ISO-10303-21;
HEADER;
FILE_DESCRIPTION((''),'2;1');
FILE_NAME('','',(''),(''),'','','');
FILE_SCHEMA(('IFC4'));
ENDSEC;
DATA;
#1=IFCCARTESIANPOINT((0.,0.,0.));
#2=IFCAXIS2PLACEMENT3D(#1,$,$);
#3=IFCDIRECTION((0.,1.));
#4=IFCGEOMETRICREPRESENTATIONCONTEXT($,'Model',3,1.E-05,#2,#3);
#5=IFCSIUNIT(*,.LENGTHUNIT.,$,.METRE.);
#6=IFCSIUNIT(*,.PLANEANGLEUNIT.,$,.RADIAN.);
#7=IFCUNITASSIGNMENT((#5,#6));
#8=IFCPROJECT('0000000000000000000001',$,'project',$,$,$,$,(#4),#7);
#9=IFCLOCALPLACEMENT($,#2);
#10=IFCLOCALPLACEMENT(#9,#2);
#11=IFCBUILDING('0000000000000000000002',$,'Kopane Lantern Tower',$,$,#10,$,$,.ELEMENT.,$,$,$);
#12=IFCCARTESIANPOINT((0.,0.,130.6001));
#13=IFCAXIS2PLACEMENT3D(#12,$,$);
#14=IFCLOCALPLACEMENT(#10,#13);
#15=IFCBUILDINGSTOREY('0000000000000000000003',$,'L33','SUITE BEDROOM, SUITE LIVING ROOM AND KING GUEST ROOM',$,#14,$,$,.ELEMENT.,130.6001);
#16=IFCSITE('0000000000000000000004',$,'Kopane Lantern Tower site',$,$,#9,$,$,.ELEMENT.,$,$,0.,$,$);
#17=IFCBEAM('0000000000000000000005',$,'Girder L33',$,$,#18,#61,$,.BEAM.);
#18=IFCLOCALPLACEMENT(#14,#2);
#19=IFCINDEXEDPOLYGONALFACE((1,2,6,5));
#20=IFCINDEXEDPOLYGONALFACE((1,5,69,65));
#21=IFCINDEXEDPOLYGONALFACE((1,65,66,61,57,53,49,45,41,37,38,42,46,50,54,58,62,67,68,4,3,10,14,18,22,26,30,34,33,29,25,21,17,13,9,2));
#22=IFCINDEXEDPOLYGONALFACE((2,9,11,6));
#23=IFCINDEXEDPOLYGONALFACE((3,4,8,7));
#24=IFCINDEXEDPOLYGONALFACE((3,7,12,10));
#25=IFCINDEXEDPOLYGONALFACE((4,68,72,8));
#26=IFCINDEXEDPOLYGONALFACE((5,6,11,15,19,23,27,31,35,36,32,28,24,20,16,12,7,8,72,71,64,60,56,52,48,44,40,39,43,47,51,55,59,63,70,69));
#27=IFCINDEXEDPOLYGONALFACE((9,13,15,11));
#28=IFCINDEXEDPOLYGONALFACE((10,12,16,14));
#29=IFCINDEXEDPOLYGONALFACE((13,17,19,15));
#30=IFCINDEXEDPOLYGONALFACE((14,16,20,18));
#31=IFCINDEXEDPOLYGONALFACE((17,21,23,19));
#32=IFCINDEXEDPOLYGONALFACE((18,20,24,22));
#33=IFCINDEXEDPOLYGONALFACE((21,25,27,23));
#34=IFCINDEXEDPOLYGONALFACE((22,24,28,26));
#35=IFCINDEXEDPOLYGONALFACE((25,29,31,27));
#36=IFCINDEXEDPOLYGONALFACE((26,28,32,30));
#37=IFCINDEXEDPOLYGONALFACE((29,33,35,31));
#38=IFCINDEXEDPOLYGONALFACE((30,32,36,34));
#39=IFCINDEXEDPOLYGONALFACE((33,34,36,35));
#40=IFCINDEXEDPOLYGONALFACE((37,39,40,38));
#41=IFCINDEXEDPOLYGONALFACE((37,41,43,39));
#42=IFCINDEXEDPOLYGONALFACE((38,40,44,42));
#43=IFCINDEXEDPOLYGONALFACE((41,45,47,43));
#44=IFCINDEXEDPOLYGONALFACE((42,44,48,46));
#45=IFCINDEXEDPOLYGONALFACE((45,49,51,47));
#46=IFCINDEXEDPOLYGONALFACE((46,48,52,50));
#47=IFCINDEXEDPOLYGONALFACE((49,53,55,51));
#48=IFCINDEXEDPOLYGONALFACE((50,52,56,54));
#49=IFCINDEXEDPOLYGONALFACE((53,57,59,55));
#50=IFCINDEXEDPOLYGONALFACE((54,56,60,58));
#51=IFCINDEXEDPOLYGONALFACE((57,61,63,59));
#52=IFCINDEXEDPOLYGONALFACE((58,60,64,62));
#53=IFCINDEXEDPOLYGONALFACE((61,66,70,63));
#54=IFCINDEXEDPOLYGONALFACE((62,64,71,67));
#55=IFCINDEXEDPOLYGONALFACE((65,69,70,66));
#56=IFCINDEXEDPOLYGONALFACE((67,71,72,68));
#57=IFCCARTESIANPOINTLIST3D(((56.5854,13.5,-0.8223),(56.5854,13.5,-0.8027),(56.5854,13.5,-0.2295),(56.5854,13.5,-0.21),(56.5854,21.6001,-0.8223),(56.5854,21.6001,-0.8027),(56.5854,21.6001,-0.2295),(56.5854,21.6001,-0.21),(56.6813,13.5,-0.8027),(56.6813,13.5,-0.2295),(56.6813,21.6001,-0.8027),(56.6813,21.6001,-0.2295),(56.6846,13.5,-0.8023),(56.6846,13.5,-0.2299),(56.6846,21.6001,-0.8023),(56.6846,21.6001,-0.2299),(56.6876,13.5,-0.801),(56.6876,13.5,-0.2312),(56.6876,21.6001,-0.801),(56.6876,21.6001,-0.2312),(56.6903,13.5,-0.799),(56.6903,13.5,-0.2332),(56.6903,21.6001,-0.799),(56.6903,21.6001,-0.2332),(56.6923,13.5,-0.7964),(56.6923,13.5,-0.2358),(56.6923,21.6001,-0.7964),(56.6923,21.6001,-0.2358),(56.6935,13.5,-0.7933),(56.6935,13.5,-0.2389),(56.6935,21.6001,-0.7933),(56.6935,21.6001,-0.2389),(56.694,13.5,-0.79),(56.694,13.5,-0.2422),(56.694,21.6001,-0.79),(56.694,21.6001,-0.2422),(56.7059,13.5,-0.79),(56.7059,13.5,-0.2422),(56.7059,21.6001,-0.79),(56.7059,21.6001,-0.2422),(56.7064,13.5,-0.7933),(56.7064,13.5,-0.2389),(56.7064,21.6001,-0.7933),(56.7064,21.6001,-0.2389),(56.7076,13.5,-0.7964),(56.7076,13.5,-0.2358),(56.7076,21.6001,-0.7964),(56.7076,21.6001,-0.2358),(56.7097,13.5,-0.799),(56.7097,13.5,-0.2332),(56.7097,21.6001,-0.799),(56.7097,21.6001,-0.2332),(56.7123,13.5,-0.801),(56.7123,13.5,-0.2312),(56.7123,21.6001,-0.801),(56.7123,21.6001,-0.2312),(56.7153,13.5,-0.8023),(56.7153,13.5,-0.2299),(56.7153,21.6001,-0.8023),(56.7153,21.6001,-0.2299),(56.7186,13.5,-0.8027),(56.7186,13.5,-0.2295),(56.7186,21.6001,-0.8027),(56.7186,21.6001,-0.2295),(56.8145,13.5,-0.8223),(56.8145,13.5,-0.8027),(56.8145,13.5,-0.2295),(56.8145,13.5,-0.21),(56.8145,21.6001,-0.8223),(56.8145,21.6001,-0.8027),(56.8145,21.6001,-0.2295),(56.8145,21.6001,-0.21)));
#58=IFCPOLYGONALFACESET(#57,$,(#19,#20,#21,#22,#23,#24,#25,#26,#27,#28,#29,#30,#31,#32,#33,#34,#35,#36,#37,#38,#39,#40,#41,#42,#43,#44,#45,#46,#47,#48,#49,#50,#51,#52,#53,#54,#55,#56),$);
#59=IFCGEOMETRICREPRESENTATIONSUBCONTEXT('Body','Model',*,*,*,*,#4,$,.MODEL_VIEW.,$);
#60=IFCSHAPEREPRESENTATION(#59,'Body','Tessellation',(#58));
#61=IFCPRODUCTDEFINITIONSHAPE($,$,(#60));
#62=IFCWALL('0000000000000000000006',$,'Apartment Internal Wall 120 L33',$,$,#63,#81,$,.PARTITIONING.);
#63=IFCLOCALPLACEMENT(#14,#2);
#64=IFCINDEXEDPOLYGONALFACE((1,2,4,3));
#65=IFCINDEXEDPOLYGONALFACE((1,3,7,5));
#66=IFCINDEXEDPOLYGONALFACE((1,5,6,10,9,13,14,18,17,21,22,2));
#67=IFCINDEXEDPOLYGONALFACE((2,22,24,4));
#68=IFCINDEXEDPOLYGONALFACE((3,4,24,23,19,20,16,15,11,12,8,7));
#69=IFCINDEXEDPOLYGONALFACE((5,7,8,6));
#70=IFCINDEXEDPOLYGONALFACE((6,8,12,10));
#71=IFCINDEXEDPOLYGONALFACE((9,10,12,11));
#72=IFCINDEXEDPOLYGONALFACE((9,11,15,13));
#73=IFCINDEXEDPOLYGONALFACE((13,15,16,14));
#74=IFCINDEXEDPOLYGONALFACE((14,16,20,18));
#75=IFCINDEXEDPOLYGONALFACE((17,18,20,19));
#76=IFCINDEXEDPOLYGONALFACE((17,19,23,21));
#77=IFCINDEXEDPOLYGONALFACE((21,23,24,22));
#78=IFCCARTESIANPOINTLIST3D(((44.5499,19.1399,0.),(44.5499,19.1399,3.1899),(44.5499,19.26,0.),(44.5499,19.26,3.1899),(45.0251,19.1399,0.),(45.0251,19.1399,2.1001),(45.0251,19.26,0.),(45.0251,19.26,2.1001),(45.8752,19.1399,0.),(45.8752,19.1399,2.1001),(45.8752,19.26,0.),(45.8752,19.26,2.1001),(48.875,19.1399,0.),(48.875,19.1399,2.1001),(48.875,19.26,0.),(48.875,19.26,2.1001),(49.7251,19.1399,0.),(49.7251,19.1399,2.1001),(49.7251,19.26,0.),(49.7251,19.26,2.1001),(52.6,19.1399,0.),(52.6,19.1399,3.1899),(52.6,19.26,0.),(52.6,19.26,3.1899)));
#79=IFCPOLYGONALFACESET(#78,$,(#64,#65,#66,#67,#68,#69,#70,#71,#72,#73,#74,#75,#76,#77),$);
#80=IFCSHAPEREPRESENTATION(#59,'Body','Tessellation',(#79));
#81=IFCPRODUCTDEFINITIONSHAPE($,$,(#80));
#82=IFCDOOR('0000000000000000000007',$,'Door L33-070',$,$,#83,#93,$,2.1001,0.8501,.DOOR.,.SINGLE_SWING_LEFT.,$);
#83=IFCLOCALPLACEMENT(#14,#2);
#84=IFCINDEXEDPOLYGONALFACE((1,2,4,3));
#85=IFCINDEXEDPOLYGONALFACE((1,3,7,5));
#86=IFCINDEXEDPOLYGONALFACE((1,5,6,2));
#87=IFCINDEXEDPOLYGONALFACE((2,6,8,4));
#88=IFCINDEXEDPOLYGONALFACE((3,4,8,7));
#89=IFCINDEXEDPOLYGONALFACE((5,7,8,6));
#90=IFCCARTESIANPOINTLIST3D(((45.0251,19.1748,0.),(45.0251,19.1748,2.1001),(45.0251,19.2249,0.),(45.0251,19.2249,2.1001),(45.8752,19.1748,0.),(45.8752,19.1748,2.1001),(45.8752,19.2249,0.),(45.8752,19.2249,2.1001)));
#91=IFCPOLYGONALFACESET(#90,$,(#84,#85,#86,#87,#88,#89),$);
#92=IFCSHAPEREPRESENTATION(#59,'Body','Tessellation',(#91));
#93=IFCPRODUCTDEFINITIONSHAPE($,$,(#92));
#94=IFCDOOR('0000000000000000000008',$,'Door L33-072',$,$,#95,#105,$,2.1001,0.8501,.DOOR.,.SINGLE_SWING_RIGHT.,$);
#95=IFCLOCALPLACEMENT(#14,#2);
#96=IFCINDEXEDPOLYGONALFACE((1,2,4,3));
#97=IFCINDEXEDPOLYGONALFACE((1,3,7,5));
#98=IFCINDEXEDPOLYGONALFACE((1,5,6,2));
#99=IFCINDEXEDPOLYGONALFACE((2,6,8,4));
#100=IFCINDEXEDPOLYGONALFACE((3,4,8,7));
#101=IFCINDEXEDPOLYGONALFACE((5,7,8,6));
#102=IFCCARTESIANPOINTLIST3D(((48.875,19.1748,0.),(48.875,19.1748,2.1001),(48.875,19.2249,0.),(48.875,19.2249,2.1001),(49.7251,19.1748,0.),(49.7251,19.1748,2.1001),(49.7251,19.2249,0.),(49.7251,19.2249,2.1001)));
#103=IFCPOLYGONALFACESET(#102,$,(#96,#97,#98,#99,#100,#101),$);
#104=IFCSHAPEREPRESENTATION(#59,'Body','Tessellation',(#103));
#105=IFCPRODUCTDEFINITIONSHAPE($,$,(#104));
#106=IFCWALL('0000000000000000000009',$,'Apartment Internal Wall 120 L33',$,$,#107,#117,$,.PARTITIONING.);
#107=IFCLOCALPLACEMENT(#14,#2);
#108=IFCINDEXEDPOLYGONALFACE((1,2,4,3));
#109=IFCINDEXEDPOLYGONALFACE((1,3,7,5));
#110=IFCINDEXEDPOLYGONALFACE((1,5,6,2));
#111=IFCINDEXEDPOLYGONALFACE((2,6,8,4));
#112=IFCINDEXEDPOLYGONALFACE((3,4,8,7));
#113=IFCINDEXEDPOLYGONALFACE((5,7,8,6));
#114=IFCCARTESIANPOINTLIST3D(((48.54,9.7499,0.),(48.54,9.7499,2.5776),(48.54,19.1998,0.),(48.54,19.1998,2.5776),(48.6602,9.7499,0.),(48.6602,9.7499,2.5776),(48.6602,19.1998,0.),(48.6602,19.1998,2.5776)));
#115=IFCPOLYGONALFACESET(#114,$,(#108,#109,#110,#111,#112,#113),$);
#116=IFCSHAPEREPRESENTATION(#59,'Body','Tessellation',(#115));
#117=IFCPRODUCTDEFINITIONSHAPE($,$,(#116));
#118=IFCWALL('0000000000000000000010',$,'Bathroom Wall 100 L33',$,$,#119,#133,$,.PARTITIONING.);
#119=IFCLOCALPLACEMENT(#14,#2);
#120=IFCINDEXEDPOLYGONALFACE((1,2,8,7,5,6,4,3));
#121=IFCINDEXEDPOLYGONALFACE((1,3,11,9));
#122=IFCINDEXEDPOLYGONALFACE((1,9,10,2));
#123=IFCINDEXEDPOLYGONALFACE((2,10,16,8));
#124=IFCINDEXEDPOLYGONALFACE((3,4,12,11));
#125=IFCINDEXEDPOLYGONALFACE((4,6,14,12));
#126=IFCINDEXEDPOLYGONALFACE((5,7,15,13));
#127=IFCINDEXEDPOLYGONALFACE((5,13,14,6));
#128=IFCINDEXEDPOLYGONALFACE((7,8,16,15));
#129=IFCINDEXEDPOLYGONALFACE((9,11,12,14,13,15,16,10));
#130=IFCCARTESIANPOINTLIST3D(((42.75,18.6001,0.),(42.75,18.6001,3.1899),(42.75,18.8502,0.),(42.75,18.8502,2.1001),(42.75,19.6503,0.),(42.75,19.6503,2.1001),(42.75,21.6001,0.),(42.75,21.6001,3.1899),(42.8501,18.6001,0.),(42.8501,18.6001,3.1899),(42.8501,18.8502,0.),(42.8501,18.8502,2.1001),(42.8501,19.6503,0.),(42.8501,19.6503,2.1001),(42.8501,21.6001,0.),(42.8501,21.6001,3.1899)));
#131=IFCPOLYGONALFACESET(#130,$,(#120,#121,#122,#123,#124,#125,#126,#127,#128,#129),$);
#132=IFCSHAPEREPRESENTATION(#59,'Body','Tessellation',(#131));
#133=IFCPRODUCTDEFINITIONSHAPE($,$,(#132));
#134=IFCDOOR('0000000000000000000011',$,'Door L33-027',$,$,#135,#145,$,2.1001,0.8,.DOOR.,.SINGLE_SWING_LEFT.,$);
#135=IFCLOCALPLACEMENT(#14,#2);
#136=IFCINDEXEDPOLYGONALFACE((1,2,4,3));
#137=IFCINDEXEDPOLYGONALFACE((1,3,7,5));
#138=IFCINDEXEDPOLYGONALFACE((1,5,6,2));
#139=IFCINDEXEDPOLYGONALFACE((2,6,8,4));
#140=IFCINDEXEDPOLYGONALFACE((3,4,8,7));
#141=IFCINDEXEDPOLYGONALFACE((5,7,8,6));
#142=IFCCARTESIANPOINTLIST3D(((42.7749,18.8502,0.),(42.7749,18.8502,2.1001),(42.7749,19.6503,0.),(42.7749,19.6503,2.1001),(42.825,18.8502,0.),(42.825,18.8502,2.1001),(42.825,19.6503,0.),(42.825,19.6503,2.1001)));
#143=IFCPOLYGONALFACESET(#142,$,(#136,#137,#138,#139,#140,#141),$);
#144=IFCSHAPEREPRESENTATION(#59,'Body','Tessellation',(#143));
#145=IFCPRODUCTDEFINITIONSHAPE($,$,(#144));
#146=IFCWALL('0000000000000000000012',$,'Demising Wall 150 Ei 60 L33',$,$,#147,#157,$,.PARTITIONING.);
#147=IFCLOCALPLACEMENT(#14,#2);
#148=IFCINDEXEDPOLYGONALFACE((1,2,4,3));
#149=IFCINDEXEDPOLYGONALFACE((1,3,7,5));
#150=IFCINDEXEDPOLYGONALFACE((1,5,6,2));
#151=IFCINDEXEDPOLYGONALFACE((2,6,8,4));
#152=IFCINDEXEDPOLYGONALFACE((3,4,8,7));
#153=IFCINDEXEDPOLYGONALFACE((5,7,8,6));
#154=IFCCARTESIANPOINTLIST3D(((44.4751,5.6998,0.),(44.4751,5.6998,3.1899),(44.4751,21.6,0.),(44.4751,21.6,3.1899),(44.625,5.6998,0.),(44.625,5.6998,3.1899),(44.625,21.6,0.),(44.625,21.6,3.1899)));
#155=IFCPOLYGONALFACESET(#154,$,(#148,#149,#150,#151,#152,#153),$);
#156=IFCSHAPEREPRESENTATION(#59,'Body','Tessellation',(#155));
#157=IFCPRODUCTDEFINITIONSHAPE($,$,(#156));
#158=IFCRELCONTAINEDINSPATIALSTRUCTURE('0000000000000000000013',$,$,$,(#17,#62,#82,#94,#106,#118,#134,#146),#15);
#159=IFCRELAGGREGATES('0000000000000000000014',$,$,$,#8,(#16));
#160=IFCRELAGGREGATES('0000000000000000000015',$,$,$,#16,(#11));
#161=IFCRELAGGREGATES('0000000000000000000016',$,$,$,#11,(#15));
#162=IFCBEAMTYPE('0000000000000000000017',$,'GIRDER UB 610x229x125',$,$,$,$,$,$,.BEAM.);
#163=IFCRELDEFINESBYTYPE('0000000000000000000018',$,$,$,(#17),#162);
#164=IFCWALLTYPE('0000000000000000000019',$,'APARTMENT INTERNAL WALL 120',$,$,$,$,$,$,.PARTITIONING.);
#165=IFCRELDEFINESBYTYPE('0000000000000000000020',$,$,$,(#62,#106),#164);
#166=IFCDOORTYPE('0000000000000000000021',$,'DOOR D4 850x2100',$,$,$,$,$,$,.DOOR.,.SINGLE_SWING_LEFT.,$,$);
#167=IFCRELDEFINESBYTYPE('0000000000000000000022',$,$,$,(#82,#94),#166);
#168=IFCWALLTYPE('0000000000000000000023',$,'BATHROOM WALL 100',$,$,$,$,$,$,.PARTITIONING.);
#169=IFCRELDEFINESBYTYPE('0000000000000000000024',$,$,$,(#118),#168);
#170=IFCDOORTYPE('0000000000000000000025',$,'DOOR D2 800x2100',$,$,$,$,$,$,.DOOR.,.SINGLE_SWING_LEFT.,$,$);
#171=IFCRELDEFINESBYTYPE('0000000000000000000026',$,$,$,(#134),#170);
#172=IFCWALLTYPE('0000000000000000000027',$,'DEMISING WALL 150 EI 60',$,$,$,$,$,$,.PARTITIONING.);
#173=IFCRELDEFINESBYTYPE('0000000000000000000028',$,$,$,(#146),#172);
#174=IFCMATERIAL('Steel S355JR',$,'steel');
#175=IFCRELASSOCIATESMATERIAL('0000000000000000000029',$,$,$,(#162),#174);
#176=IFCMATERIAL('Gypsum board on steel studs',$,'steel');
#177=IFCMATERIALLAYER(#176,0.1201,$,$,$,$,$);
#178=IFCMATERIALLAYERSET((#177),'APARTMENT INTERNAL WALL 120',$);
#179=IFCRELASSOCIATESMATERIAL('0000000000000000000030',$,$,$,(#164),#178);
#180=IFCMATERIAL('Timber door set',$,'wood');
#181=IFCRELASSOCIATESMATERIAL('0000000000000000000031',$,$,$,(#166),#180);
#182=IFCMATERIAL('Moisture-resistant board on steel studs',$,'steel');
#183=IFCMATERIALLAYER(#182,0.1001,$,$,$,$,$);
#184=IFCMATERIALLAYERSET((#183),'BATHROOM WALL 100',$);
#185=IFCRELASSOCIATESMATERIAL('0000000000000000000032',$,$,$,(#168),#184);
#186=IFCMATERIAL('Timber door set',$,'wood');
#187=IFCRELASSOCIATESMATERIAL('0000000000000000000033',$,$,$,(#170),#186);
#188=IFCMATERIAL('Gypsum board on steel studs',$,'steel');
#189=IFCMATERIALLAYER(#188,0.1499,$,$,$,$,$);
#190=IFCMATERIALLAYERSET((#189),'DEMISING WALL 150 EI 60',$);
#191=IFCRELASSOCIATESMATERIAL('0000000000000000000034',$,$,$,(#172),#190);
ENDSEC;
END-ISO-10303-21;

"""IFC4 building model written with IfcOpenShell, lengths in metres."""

from ifc_helpers import new_model, si_unit, direction, frame, frame_2d, origin, origin_2d, place, context, subcontext, project, spatial, rectangle, i_section, extrude, material, layer, layer_set, material_profile, profile_set, type_object, element, fill, save


model = new_model("IFC4")

# Units and contexts
model_context = context("Model", 3, precision=1e-05, world=origin(), true_north=direction((0.0, 1.0)))
body_context = subcontext(model_context, "Body", "Model", "MODEL_VIEW")
ifc_project = project(units=[si_unit("LENGTHUNIT", "METRE"), si_unit("PLANEANGLEUNIT", "RADIAN")], contexts=[model_context])

# Site, building, storey
site_placement = place(None, origin())
site = spatial("IfcSite", under=ifc_project, at=site_placement, Name="Kopane Lantern Tower site", CompositionType="ELEMENT", RefElevation=0.0)
building_placement = place(site_placement, origin())
building = spatial("IfcBuilding", under=site, at=building_placement, Name="Kopane Lantern Tower", CompositionType="ELEMENT")
storey_placement = place(building_placement, frame((0.0, 0.0, 130.6001)))
storey = spatial("IfcBuildingStorey", under=building, at=storey_placement, Name="L33", Description="SUITE BEDROOM, SUITE LIVING ROOM AND KING GUEST ROOM", CompositionType="ELEMENT", Elevation=130.6001)

# Beam
ifc_material_1 = material(Name="Steel S355JR", Category="steel")
ifc_material_profile_1 = material_profile(ifc_material_1, i_section(OverallWidth=0.229, OverallDepth=0.6123, WebThickness=0.012, FlangeThickness=0.0195, FilletRadius=0.0127, at=origin_2d()), Name="UB 610x229x125")
ifc_profile_set_1 = profile_set([ifc_material_profile_1], Name="Steel S355JR")
beam_type = type_object("IfcBeamType", Name="GIRDER UB 610x229x125", PredefinedType="BEAM", material=ifc_profile_set_1)
beam_placement = place(storey_placement, frame((56.7, 13.5, -0.5161), z_axis=(0.0, 1.0, 0.0), x_axis=(-1.0, 0.0, 0.0)))
element("IfcBeam", 1, at=beam_placement, inside=storey, type_object=beam_type, Name="Girder L33", PredefinedType="BEAM", context=body_context, shape_type="SweptSolid", body=[
    extrude(i_section(OverallWidth=0.229, OverallDepth=0.6123, WebThickness=0.012, FlangeThickness=0.0195, FilletRadius=0.0127, at=origin_2d()), origin(), (0.0, 0.0, 1.0), 8.1001),
])

# Wall, openings, doors
ifc_material_2 = material(Name="Gypsum board on steel studs", Category="steel")
ifc_layer_1 = layer(ifc_material_2, 0.1201)
ifc_layer_set_1 = layer_set([ifc_layer_1], Name="APARTMENT INTERNAL WALL 120")
wall_type_1 = type_object("IfcWallType", Name="APARTMENT INTERNAL WALL 120", PredefinedType="PARTITIONING", material=ifc_layer_set_1)
wall_1_placement = place(storey_placement, frame((44.55, 19.2, 0.0), z_axis=(0.0, 0.0, 1.0), x_axis=(1.0, 0.0, 0.0)))
wall_1 = element("IfcWall", 2, at=wall_1_placement, inside=storey, type_object=wall_type_1, Name="Apartment Internal Wall 120 L33", PredefinedType="PARTITIONING", context=body_context, shape_type="SweptSolid", body=[
    extrude(rectangle(XDim=8.05, YDim=0.1201, at=frame_2d((4.0249, 0.0))), origin(), (0.0, 0.0, 1.0), 3.1899),
])
opening_1_placement = place(wall_1_placement, frame((0.4751, 0.0, 0.0)))
opening_1 = element("IfcOpeningElement", 3, at=opening_1_placement, cuts=wall_1, PredefinedType="OPENING", context=body_context, shape_type="SweptSolid", body=[
    extrude(rectangle(XDim=0.8501, YDim=2.1001, at=frame_2d((0.425, 1.05))), frame((0.0, 0.0701, 0.0), z_axis=(0.0, -1.0, 0.0), x_axis=(1.0, 0.0, 0.0)), (0.0, 0.0, 1.0), 0.1401),
])
opening_2_placement = place(wall_1_placement, frame((4.325, 0.0, 0.0)))
opening_2 = element("IfcOpeningElement", 4, at=opening_2_placement, cuts=wall_1, PredefinedType="OPENING", context=body_context, shape_type="SweptSolid", body=[
    extrude(rectangle(XDim=0.8501, YDim=2.1001, at=frame_2d((0.425, 1.05))), frame((0.0, 0.0701, 0.0), z_axis=(0.0, -1.0, 0.0), x_axis=(1.0, 0.0, 0.0)), (0.0, 0.0, 1.0), 0.1401),
])
ifc_material_3 = material(Name="Timber door set", Category="wood")
door_type_1 = type_object("IfcDoorType", Name="DOOR D4 850x2100", OperationType="SINGLE_SWING_LEFT", PredefinedType="DOOR", material=ifc_material_3)
door_1_placement = place(opening_1_placement, origin())
door_1 = element("IfcDoor", 5, at=door_1_placement, inside=storey, type_object=door_type_1, Name="Door L33-070", OperationType="SINGLE_SWING_LEFT", OverallHeight=2.1001, OverallWidth=0.8501, PredefinedType="DOOR", context=body_context, shape_type="SweptSolid", body=[
    extrude(rectangle(XDim=0.8501, YDim=2.1001, at=frame_2d((0.425, 1.05))), frame((0.0, 0.0249, 0.0), z_axis=(0.0, -1.0, 0.0), x_axis=(1.0, 0.0, 0.0)), (0.0, 0.0, 1.0), 0.05),
])
fill(opening_1, door_1)
door_2_placement = place(opening_2_placement, origin())
door_2 = element("IfcDoor", 6, at=door_2_placement, inside=storey, type_object=door_type_1, Name="Door L33-072", OperationType="SINGLE_SWING_RIGHT", OverallHeight=2.1001, OverallWidth=0.8501, PredefinedType="DOOR", context=body_context, shape_type="SweptSolid", body=[
    extrude(rectangle(XDim=0.8501, YDim=2.1001, at=frame_2d((0.425, 1.05))), frame((0.0, 0.0249, 0.0), z_axis=(0.0, -1.0, 0.0), x_axis=(1.0, 0.0, 0.0)), (0.0, 0.0, 1.0), 0.05),
])
fill(opening_2, door_2)

# Wall
wall_2_placement = place(storey_placement, frame((48.6001, 19.2, 0.0), z_axis=(0.0, 0.0, 1.0), x_axis=(0.0, -1.0, 0.0)))
element("IfcWall", 7, at=wall_2_placement, inside=storey, type_object=wall_type_1, Name="Apartment Internal Wall 120 L33", PredefinedType="PARTITIONING", context=body_context, shape_type="SweptSolid", body=[
    extrude(rectangle(XDim=9.45, YDim=0.1201, at=frame_2d((4.7251, 0.0))), origin(), (0.0, 0.0, 1.0), 2.5776),
])

# Wall, opening, door
ifc_material_4 = material(Name="Moisture-resistant board on steel studs", Category="steel")
ifc_layer_2 = layer(ifc_material_4, 0.1001)
ifc_layer_set_2 = layer_set([ifc_layer_2], Name="BATHROOM WALL 100")
wall_type_2 = type_object("IfcWallType", Name="BATHROOM WALL 100", PredefinedType="PARTITIONING", material=ifc_layer_set_2)
wall_3_placement = place(storey_placement, frame((42.8, 21.6001, 0.0), z_axis=(0.0, 0.0, 1.0), x_axis=(0.0, -1.0, 0.0)))
wall_3 = element("IfcWall", 8, at=wall_3_placement, inside=storey, type_object=wall_type_2, Name="Bathroom Wall 100 L33", PredefinedType="PARTITIONING", context=body_context, shape_type="SweptSolid", body=[
    extrude(rectangle(XDim=3.0, YDim=0.1001, at=frame_2d((1.5, 0.0))), origin(), (0.0, 0.0, 1.0), 3.1899),
])
opening_3_placement = place(wall_3_placement, frame((1.95, 0.0, 0.0)))
opening_3 = element("IfcOpeningElement", 9, at=opening_3_placement, cuts=wall_3, PredefinedType="OPENING", context=body_context, shape_type="SweptSolid", body=[
    extrude(rectangle(XDim=0.8, YDim=2.1001, at=frame_2d((0.3999, 1.05))), frame((0.0, 0.0601, 0.0), z_axis=(0.0, -1.0, 0.0), x_axis=(1.0, 0.0, 0.0)), (0.0, 0.0, 1.0), 0.1201),
])
ifc_material_5 = material(Name="Timber door set", Category="wood")
door_type_2 = type_object("IfcDoorType", Name="DOOR D2 800x2100", OperationType="SINGLE_SWING_LEFT", PredefinedType="DOOR", material=ifc_material_5)
door_3_placement = place(opening_3_placement, origin())
door_3 = element("IfcDoor", 10, at=door_3_placement, inside=storey, type_object=door_type_2, Name="Door L33-027", OperationType="SINGLE_SWING_LEFT", OverallHeight=2.1001, OverallWidth=0.8, PredefinedType="DOOR", context=body_context, shape_type="SweptSolid", body=[
    extrude(rectangle(XDim=0.8, YDim=2.1001, at=frame_2d((0.3999, 1.05))), frame((0.0, 0.0249, 0.0), z_axis=(0.0, -1.0, 0.0), x_axis=(1.0, 0.0, 0.0)), (0.0, 0.0, 1.0), 0.05),
])
fill(opening_3, door_3)

# Wall
ifc_material_6 = material(Name="Gypsum board on steel studs", Category="steel")
ifc_layer_3 = layer(ifc_material_6, 0.1499)
ifc_layer_set_3 = layer_set([ifc_layer_3], Name="DEMISING WALL 150 EI 60")
wall_type_3 = type_object("IfcWallType", Name="DEMISING WALL 150 EI 60", PredefinedType="PARTITIONING", material=ifc_layer_set_3)
wall_4_placement = place(storey_placement, frame((44.55, 21.6001, 0.0), z_axis=(0.0, 0.0, 1.0), x_axis=(0.0, -1.0, 0.0)))
element("IfcWall", 11, at=wall_4_placement, inside=storey, type_object=wall_type_3, Name="Demising Wall 150 Ei 60 L33", PredefinedType="PARTITIONING", context=body_context, shape_type="SweptSolid", body=[
    extrude(rectangle(XDim=15.9001, YDim=0.1499, at=frame_2d((7.9502, 0.0))), origin(), (0.0, 0.0, 1.0), 3.1899),
])

save(model, "model.ifc")
